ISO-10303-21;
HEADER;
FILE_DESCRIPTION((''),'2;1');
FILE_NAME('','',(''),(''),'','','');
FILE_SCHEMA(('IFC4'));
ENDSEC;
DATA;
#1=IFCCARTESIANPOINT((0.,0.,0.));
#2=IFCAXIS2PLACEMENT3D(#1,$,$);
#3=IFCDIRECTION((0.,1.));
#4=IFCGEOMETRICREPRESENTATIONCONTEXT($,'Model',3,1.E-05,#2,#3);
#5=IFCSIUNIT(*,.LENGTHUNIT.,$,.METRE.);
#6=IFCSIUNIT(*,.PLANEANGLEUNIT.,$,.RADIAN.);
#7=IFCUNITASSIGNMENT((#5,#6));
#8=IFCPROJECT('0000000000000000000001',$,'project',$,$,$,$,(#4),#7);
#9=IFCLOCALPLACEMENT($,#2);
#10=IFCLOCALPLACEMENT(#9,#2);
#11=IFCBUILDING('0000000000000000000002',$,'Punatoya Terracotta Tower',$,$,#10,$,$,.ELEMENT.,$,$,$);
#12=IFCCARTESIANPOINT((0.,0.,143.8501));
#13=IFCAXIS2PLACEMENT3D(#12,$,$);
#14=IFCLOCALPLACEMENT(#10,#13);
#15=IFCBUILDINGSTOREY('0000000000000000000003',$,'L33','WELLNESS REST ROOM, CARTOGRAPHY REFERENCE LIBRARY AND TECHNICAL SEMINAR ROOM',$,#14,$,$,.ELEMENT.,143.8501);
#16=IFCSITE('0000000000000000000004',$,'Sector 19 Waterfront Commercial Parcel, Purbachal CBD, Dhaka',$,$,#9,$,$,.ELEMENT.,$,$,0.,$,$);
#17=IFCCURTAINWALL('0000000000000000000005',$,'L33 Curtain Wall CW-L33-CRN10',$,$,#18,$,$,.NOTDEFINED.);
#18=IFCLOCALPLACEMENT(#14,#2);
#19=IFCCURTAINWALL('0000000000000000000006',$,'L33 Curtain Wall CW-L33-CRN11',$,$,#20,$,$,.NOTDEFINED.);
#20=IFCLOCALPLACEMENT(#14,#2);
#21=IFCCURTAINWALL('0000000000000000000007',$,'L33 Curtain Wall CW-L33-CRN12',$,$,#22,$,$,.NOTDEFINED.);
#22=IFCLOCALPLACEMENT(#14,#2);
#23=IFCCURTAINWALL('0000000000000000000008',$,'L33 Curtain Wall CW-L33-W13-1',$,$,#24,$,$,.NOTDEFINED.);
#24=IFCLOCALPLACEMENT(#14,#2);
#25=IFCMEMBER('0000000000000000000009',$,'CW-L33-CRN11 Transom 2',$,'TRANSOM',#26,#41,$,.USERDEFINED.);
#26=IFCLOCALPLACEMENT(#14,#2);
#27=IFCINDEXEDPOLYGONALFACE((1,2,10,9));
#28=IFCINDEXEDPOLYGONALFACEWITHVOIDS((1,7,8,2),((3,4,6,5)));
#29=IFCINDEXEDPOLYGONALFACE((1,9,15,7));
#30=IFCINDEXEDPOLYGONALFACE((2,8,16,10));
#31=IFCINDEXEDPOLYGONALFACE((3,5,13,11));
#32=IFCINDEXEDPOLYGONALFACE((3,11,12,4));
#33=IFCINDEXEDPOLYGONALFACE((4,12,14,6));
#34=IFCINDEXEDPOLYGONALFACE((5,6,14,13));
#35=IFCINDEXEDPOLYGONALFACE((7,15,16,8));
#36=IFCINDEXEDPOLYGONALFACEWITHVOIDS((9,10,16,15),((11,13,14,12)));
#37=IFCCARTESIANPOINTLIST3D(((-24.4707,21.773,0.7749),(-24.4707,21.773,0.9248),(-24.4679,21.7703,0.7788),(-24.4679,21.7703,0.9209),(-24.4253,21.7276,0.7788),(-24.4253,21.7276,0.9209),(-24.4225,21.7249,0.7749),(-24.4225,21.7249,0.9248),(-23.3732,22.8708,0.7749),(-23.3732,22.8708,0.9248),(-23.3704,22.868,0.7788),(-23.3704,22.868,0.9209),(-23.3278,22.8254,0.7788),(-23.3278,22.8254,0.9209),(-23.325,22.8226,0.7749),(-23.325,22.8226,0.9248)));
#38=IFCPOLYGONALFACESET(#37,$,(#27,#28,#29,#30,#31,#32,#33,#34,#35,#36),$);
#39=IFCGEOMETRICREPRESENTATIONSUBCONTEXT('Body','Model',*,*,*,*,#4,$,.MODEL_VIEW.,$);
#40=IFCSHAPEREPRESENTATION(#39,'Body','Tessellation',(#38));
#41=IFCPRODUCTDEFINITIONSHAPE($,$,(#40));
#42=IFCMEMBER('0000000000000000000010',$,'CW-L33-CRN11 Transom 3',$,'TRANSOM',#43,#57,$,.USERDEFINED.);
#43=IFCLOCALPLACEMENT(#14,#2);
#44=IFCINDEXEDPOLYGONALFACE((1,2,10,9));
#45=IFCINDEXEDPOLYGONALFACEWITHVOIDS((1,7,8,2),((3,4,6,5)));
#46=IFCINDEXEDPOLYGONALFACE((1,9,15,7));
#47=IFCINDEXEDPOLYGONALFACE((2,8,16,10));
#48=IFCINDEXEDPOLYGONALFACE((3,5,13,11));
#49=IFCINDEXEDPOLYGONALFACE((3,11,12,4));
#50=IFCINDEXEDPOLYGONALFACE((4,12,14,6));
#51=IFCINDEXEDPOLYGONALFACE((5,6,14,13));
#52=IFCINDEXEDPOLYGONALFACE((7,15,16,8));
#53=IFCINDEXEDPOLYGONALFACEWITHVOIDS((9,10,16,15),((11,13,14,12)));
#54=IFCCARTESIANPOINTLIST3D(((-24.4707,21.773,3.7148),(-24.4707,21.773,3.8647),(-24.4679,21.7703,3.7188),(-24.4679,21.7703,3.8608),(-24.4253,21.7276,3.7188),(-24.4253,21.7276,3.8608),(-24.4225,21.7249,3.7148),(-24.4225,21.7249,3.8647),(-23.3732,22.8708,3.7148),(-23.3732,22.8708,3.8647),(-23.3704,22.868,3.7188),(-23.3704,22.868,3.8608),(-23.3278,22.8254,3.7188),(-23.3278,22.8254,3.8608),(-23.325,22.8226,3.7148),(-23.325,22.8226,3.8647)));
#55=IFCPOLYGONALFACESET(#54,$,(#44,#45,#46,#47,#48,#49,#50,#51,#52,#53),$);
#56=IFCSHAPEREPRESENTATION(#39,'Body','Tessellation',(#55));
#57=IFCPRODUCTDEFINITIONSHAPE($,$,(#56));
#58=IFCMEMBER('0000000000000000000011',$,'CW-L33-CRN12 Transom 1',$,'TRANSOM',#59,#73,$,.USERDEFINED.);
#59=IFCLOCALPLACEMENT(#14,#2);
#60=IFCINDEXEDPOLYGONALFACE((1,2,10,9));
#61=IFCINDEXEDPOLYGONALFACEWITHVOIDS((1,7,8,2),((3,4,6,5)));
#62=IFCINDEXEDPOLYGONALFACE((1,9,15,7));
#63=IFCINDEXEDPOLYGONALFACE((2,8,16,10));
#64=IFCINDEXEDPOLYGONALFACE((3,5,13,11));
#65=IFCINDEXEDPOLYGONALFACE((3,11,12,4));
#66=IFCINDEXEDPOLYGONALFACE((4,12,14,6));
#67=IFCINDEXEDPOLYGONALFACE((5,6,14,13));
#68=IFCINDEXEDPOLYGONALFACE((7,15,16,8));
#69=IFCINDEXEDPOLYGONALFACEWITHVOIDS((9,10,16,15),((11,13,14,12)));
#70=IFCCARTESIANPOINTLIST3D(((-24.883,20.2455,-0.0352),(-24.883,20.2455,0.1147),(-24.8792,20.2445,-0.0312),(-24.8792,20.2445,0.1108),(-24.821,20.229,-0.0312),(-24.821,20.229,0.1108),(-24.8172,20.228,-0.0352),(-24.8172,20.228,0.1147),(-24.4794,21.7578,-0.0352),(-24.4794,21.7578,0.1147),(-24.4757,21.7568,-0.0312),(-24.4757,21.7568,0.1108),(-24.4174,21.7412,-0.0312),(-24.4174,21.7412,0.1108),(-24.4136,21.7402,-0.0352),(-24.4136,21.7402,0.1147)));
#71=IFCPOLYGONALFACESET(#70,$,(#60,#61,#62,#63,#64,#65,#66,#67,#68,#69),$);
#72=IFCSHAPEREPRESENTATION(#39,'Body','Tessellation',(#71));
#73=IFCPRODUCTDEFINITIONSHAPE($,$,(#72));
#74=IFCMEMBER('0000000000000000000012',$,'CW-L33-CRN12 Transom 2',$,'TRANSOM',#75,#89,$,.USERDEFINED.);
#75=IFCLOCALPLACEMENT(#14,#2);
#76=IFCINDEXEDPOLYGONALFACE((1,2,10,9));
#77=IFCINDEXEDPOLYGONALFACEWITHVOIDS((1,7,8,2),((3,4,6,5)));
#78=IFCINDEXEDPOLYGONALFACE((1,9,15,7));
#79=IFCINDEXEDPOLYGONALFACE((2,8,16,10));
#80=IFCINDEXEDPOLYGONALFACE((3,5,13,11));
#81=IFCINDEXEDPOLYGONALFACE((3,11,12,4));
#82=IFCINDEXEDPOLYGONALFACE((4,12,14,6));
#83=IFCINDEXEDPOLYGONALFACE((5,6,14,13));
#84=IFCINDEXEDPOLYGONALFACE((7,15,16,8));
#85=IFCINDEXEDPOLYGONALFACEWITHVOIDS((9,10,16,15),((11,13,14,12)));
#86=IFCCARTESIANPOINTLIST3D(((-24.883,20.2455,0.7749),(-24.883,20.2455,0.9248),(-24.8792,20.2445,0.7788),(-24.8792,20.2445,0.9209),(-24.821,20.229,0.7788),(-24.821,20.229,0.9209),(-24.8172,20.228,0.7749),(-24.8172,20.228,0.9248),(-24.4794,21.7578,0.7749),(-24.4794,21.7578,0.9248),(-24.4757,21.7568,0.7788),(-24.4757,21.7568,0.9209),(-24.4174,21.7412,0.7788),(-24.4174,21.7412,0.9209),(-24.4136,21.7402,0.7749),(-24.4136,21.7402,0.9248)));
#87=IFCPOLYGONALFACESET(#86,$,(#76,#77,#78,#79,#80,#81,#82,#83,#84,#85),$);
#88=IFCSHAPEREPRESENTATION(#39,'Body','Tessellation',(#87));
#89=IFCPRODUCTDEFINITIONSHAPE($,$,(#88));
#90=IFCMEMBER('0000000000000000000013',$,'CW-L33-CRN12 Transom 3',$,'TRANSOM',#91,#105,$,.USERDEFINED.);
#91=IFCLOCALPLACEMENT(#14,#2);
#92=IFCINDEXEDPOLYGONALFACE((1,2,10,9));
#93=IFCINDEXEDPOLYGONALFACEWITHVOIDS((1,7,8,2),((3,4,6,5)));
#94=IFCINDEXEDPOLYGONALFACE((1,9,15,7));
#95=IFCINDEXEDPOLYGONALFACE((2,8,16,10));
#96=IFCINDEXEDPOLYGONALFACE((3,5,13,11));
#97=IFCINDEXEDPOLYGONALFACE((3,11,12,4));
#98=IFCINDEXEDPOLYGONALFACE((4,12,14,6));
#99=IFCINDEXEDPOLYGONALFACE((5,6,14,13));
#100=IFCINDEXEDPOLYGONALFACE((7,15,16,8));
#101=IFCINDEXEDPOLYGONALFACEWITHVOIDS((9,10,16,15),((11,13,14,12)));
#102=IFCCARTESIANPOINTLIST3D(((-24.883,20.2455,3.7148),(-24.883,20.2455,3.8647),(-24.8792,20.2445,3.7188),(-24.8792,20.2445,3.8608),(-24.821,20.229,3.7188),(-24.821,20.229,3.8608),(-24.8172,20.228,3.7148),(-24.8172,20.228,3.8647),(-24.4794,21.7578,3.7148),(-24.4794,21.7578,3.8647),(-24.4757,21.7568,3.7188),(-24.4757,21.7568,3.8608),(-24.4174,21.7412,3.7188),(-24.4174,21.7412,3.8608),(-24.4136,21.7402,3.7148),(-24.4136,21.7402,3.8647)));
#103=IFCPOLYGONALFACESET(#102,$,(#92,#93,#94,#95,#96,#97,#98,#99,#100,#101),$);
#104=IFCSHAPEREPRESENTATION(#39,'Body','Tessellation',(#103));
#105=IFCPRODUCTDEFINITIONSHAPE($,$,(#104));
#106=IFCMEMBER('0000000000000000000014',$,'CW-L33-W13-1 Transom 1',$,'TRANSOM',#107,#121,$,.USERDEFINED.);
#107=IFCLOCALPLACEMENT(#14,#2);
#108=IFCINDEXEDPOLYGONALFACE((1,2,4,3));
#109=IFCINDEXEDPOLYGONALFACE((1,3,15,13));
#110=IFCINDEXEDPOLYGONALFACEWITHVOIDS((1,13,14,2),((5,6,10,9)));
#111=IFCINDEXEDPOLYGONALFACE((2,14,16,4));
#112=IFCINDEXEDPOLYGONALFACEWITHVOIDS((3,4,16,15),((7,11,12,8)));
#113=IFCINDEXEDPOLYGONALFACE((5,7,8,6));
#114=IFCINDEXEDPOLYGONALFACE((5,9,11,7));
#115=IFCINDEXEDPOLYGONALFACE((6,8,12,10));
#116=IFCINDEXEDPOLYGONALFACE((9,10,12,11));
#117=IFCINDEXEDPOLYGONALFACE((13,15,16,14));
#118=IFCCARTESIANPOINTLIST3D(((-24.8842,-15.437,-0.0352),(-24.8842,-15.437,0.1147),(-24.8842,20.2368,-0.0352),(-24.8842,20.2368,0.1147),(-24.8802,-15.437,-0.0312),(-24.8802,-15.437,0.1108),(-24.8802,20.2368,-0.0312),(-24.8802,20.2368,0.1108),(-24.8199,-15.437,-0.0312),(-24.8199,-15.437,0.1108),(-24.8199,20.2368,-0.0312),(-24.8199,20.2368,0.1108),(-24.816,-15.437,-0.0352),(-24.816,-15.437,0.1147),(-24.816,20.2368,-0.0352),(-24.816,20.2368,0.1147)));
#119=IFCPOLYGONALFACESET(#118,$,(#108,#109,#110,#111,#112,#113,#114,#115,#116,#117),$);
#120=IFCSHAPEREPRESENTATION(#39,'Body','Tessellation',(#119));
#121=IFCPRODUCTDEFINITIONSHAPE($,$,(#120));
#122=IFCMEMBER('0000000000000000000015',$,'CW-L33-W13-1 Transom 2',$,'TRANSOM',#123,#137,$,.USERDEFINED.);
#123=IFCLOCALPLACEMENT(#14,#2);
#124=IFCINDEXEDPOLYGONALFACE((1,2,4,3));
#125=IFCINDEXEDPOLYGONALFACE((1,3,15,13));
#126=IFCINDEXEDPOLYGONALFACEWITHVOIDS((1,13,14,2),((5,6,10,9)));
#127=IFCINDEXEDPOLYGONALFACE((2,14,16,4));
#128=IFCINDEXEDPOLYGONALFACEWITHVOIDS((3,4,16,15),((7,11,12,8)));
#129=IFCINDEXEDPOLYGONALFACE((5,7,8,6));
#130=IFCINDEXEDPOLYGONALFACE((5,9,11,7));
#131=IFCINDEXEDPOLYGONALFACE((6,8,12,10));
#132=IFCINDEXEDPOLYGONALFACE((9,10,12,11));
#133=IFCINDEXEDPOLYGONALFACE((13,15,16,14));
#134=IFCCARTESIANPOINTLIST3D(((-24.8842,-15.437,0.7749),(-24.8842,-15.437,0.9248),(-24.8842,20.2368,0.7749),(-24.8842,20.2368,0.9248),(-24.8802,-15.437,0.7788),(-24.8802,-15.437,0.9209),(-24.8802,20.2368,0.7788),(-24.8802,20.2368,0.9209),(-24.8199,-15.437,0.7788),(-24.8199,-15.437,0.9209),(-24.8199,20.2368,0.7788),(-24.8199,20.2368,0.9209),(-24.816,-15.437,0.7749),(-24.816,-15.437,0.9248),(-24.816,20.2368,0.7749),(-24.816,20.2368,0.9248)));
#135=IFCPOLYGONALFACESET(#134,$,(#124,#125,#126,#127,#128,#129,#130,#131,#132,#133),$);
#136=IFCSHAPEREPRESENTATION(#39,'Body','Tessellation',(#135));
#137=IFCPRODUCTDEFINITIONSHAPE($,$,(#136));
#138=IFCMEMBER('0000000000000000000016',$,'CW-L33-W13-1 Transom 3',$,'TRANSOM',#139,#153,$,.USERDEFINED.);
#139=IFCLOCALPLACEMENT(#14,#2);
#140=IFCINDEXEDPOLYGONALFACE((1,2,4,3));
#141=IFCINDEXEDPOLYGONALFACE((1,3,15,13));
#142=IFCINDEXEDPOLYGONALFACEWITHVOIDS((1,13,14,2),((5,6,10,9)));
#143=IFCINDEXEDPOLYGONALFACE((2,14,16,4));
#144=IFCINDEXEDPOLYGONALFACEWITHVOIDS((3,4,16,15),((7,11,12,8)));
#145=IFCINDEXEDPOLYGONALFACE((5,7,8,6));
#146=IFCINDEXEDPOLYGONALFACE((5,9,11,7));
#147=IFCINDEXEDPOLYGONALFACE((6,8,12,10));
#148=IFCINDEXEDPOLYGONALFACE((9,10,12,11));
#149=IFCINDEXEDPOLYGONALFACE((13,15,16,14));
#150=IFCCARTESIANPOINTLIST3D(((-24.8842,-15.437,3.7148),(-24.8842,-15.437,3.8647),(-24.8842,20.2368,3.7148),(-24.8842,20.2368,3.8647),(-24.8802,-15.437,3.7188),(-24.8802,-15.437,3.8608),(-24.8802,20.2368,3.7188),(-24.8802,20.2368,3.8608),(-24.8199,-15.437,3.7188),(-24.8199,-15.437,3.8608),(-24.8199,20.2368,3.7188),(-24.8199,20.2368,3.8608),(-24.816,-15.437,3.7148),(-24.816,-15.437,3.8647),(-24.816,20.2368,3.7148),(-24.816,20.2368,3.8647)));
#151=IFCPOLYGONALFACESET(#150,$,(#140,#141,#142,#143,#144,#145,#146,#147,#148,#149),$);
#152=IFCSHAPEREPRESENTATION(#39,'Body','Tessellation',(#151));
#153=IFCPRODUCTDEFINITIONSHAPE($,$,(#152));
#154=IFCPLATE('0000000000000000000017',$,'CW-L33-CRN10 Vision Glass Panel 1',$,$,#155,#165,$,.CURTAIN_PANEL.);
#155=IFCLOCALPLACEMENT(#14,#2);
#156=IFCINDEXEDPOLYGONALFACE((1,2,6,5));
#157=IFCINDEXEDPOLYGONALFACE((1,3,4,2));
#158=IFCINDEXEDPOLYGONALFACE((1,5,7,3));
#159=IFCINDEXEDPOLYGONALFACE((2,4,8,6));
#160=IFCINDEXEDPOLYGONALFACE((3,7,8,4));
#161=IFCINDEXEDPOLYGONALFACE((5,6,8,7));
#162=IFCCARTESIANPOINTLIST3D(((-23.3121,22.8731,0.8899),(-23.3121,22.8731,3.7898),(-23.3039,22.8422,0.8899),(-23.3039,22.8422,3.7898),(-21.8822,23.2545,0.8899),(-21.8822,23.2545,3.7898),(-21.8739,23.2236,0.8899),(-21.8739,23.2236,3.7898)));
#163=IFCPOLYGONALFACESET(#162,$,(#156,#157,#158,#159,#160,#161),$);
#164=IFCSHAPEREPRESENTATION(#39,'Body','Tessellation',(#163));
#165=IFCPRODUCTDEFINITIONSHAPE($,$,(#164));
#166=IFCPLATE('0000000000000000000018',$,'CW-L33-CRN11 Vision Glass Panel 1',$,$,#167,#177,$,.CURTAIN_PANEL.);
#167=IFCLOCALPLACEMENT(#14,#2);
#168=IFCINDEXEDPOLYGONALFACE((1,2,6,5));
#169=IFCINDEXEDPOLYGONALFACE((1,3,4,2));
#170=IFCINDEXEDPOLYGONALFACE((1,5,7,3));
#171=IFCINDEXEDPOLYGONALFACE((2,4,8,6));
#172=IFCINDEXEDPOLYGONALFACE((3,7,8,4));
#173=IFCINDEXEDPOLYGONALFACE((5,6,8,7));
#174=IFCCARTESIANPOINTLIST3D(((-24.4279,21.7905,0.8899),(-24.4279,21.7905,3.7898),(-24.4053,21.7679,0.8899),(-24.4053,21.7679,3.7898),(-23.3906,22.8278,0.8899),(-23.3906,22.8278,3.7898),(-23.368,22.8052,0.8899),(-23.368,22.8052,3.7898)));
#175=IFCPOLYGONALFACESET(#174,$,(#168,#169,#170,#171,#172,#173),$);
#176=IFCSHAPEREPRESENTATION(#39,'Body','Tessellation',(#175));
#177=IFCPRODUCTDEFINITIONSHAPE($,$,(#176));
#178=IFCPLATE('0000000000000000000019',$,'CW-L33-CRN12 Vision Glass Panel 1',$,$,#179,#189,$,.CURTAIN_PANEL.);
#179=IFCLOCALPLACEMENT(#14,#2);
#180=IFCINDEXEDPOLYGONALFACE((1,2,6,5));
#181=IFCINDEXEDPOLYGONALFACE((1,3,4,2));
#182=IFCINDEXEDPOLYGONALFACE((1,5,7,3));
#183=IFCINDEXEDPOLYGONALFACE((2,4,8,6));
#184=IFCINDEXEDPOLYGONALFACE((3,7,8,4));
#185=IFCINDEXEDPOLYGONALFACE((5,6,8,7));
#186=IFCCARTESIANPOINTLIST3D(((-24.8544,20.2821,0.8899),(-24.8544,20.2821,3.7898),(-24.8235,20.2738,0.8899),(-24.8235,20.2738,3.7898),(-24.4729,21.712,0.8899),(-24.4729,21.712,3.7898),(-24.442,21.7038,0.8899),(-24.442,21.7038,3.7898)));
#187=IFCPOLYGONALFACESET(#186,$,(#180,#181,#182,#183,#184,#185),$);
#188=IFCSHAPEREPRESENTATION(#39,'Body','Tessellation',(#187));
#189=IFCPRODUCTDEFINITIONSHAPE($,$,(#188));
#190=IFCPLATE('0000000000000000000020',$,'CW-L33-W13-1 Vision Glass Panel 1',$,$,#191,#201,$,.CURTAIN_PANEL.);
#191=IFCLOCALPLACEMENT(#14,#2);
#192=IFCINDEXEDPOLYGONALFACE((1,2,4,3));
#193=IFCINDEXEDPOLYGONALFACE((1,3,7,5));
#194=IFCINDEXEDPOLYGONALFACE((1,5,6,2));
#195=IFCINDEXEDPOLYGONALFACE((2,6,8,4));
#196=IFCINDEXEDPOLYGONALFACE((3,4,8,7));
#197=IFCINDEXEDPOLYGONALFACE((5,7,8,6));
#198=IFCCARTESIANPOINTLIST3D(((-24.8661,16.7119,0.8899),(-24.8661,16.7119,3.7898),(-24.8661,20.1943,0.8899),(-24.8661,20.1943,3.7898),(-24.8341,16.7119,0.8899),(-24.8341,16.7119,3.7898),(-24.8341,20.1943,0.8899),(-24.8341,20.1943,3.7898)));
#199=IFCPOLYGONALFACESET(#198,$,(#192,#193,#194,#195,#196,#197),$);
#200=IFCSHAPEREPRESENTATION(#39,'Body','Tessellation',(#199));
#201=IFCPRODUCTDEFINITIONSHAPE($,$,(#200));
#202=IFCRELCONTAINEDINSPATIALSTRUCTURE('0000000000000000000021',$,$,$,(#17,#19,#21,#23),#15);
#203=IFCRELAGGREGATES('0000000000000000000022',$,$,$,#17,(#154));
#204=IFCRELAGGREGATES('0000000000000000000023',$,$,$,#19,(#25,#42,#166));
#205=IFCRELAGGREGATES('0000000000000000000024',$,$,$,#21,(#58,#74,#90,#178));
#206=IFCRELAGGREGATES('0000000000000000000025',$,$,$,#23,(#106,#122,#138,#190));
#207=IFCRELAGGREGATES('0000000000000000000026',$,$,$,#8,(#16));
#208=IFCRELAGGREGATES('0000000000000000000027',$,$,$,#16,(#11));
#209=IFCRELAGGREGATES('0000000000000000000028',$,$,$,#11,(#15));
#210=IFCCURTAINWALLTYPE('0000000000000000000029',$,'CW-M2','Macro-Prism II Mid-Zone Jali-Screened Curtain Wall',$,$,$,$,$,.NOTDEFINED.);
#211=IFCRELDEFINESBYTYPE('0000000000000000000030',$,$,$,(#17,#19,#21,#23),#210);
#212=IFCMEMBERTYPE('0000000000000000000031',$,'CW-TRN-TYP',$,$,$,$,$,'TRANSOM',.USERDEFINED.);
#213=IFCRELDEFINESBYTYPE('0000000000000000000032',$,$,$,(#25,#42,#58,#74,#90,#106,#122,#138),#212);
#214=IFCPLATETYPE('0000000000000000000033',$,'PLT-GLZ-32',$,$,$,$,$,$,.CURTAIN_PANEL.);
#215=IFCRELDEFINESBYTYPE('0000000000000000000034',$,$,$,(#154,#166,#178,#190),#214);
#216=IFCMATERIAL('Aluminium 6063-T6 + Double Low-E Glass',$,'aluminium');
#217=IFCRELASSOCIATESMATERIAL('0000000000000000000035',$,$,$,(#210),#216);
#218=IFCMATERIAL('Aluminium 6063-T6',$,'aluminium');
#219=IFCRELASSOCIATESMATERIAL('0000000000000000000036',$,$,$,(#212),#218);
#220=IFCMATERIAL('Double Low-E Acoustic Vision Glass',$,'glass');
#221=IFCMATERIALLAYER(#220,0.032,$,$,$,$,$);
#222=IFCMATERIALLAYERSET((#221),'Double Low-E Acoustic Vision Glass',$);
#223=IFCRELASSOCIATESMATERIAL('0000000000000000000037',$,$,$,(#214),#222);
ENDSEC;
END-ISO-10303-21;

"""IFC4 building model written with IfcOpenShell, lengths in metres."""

from ifc_helpers import new_model, si_unit, direction, frame, origin, origin_2d, place, context, subcontext, project, spatial, rectangle, hollow_rectangle, extrude, material, layer, layer_set, material_profile, profile_set, type_object, element, aggregate, save


model = new_model("IFC4")

# Units and contexts
model_context = context("Model", 3, precision=1e-05, world=origin(), true_north=direction((0.0, 1.0)))
body_context = subcontext(model_context, "Body", "Model", "MODEL_VIEW")
ifc_project = project(units=[si_unit("LENGTHUNIT", "METRE"), si_unit("PLANEANGLEUNIT", "RADIAN")], contexts=[model_context])

# Site, building, storey
site_placement = place(None, origin())
site = spatial("IfcSite", under=ifc_project, at=site_placement, Name="Sector 19 Waterfront Commercial Parcel, Purbachal CBD, Dhaka", CompositionType="ELEMENT", RefElevation=0.0)
building_placement = place(site_placement, origin())
building = spatial("IfcBuilding", under=site, at=building_placement, Name="Punatoya Terracotta Tower", CompositionType="ELEMENT")
storey_placement = place(building_placement, frame((0.0, 0.0, 143.8501)))
storey = spatial("IfcBuildingStorey", under=building, at=storey_placement, Name="L33", Description="WELLNESS REST ROOM, CARTOGRAPHY REFERENCE LIBRARY AND TECHNICAL SEMINAR ROOM", CompositionType="ELEMENT", Elevation=143.8501)

# Curtain walls
ifc_material_1 = material(Name="Aluminium 6063-T6 + Double Low-E Glass", Category="aluminium")
curtain_wall_type = type_object("IfcCurtainWallType", Name="CW-M2", Description="Macro-Prism II Mid-Zone Jali-Screened Curtain Wall", PredefinedType="NOTDEFINED", material=ifc_material_1)
curtain_wall_1_placement = place(storey_placement, origin())
curtain_wall_1 = element("IfcCurtainWall", 1, at=curtain_wall_1_placement, inside=storey, type_object=curtain_wall_type, Name="L33 Curtain Wall CW-L33-CRN10", PredefinedType="NOTDEFINED")
ifc_material_2 = material(Name="Aluminium 6063-T6", Category="aluminium")
curtain_wall_2_placement = place(storey_placement, origin())
curtain_wall_2 = element("IfcCurtainWall", 2, at=curtain_wall_2_placement, inside=storey, type_object=curtain_wall_type, Name="L33 Curtain Wall CW-L33-CRN11", PredefinedType="NOTDEFINED")
curtain_wall_3_placement = place(storey_placement, origin())
curtain_wall_3 = element("IfcCurtainWall", 3, at=curtain_wall_3_placement, inside=storey, type_object=curtain_wall_type, Name="L33 Curtain Wall CW-L33-CRN12", PredefinedType="NOTDEFINED")

# Curtain wall
curtain_wall_4_placement = place(storey_placement, origin())
curtain_wall_4 = element("IfcCurtainWall", 4, at=curtain_wall_4_placement, inside=storey, type_object=curtain_wall_type, Name="L33 Curtain Wall CW-L33-W13-1", PredefinedType="NOTDEFINED")

# Members
ifc_material_profile_1 = material_profile(ifc_material_2, hollow_rectangle(XDim=0.0681, YDim=0.1499, WallThickness=0.0039, at=origin_2d()))
ifc_profile_set_1 = profile_set([ifc_material_profile_1], Name="Aluminium 6063-T6")
member_type_1 = type_object("IfcMemberType", Name="CW-TRN-TYP", ElementType="TRANSOM", PredefinedType="USERDEFINED", material=ifc_profile_set_1)
member_1_placement = place(storey_placement, frame((-23.3491, 22.8467, 0.8499), z_axis=(-0.707028, -0.707185, 0.0), x_axis=(0.707185, -0.707028, 0.0)))
member_1 = element("IfcMember", 5, at=member_1_placement, type_object=member_type_1, Name="CW-L33-CRN11 Transom 2", ObjectType="TRANSOM", PredefinedType="USERDEFINED", context=body_context, shape_type="SweptSolid", body=[
    extrude(hollow_rectangle(XDim=0.0681, YDim=0.1499, WallThickness=0.0039, at=origin_2d()), origin(), (0.0, 0.0, 1.0), 1.5522),
])
member_2_placement = place(storey_placement, frame((-23.3491, 22.8467, 3.7898), z_axis=(-0.707028, -0.707185, 0.0), x_axis=(0.707185, -0.707028, 0.0)))
member_2 = element("IfcMember", 6, at=member_2_placement, type_object=member_type_1, Name="CW-L33-CRN11 Transom 3", ObjectType="TRANSOM", PredefinedType="USERDEFINED", context=body_context, shape_type="SweptSolid", body=[
    extrude(hollow_rectangle(XDim=0.0681, YDim=0.1499, WallThickness=0.0039, at=origin_2d()), origin(), (0.0, 0.0, 1.0), 1.5522),
])
member_3_placement = place(storey_placement, frame((-24.4465, 21.749, 0.0398), z_axis=(-0.257847, -0.966186, 0.0), x_axis=(0.966186, -0.257847, 0.0)))
member_3 = element("IfcMember", 7, at=member_3_placement, type_object=member_type_1, Name="CW-L33-CRN12 Transom 1", ObjectType="TRANSOM", PredefinedType="USERDEFINED", context=body_context, shape_type="SweptSolid", body=[
    extrude(hollow_rectangle(XDim=0.0681, YDim=0.1499, WallThickness=0.0039, at=origin_2d()), origin(), (0.0, 0.0, 1.0), 1.5652),
])
member_4_placement = place(storey_placement, frame((-24.4465, 21.749, 0.8499), z_axis=(-0.257847, -0.966186, 0.0), x_axis=(0.966186, -0.257847, 0.0)))
member_4 = element("IfcMember", 8, at=member_4_placement, type_object=member_type_1, Name="CW-L33-CRN12 Transom 2", ObjectType="TRANSOM", PredefinedType="USERDEFINED", context=body_context, shape_type="SweptSolid", body=[
    extrude(hollow_rectangle(XDim=0.0681, YDim=0.1499, WallThickness=0.0039, at=origin_2d()), origin(), (0.0, 0.0, 1.0), 1.5652),
])
member_5_placement = place(storey_placement, frame((-24.4465, 21.749, 3.7898), z_axis=(-0.257847, -0.966186, 0.0), x_axis=(0.966186, -0.257847, 0.0)))
member_5 = element("IfcMember", 9, at=member_5_placement, type_object=member_type_1, Name="CW-L33-CRN12 Transom 3", ObjectType="TRANSOM", PredefinedType="USERDEFINED", context=body_context, shape_type="SweptSolid", body=[
    extrude(hollow_rectangle(XDim=0.0681, YDim=0.1499, WallThickness=0.0039, at=origin_2d()), origin(), (0.0, 0.0, 1.0), 1.5652),
])
member_6_placement = place(storey_placement, frame((-24.8501, 20.2368, 0.0398), z_axis=(0.0, -1.0, 0.0), x_axis=(1.0, 0.0, 0.0)))
member_6 = element("IfcMember", 10, at=member_6_placement, type_object=member_type_1, Name="CW-L33-W13-1 Transom 1", ObjectType="TRANSOM", PredefinedType="USERDEFINED", context=body_context, shape_type="SweptSolid", body=[
    extrude(hollow_rectangle(XDim=0.0681, YDim=0.1499, WallThickness=0.0039, at=origin_2d()), origin(), (0.0, 0.0, 1.0), 35.6738),
])
member_7_placement = place(storey_placement, frame((-24.8501, 20.2368, 0.8499), z_axis=(0.0, -1.0, 0.0), x_axis=(1.0, 0.0, 0.0)))
member_7 = element("IfcMember", 11, at=member_7_placement, type_object=member_type_1, Name="CW-L33-W13-1 Transom 2", ObjectType="TRANSOM", PredefinedType="USERDEFINED", context=body_context, shape_type="SweptSolid", body=[
    extrude(hollow_rectangle(XDim=0.0681, YDim=0.1499, WallThickness=0.0039, at=origin_2d()), origin(), (0.0, 0.0, 1.0), 35.6738),
])
member_8_placement = place(storey_placement, frame((-24.8501, 20.2368, 3.7898), z_axis=(0.0, -1.0, 0.0), x_axis=(1.0, 0.0, 0.0)))
member_8 = element("IfcMember", 12, at=member_8_placement, type_object=member_type_1, Name="CW-L33-W13-1 Transom 3", ObjectType="TRANSOM", PredefinedType="USERDEFINED", context=body_context, shape_type="SweptSolid", body=[
    extrude(hollow_rectangle(XDim=0.0681, YDim=0.1499, WallThickness=0.0039, at=origin_2d()), origin(), (0.0, 0.0, 1.0), 35.6738),
])

# Plates
ifc_material_3 = material(Name="Double Low-E Acoustic Vision Glass", Category="glass")
ifc_layer_1 = layer(ifc_material_3, 0.032)
ifc_layer_set_1 = layer_set([ifc_layer_1], Name="Double Low-E Acoustic Vision Glass")
plate_type_1 = type_object("IfcPlateType", Name="PLT-GLZ-32", PredefinedType="CURTAIN_PANEL", material=ifc_layer_set_1)
plate_1_placement = place(storey_placement, frame((-22.593, 23.0483, 0.8899), z_axis=(0.0, 0.0, 1.0), x_axis=(-0.966214, -0.257742, 0.0)))
plate_1 = element("IfcPlate", 13, at=plate_1_placement, type_object=plate_type_1, Name="CW-L33-CRN10 Vision Glass Panel 1", PredefinedType="CURTAIN_PANEL", context=body_context, shape_type="SweptSolid", body=[
    extrude(rectangle(XDim=1.48, YDim=0.032, at=origin_2d()), origin(), (0.0, 0.0, 1.0), 2.8999),
])
plate_2_placement = place(storey_placement, frame((-23.8979, 22.2979, 0.8899), z_axis=(0.0, 0.0, 1.0), x_axis=(-0.707107, -0.707107, 0.0)))
plate_2 = element("IfcPlate", 14, at=plate_2_placement, type_object=plate_type_1, Name="CW-L33-CRN11 Vision Glass Panel 1", PredefinedType="CURTAIN_PANEL", context=body_context, shape_type="SweptSolid", body=[
    extrude(rectangle(XDim=1.467, YDim=0.032, at=origin_2d()), origin(), (0.0, 0.0, 1.0), 2.8999),
])
plate_3_placement = place(storey_placement, frame((-24.6482, 20.9929, 0.8899), z_axis=(0.0, 0.0, 1.0), x_axis=(-0.257742, -0.966214, 0.0)))
plate_3 = element("IfcPlate", 15, at=plate_3_placement, type_object=plate_type_1, Name="CW-L33-CRN12 Vision Glass Panel 1", PredefinedType="CURTAIN_PANEL", context=body_context, shape_type="SweptSolid", body=[
    extrude(rectangle(XDim=1.48, YDim=0.032, at=origin_2d()), origin(), (0.0, 0.0, 1.0), 2.8999),
])
plate_4_placement = place(storey_placement, frame((-24.8501, 18.4531, 0.8899), z_axis=(0.0, 0.0, 1.0), x_axis=(0.0, -1.0, 0.0)))
plate_4 = element("IfcPlate", 16, at=plate_4_placement, type_object=plate_type_1, Name="CW-L33-W13-1 Vision Glass Panel 1", PredefinedType="CURTAIN_PANEL", context=body_context, shape_type="SweptSolid", body=[
    extrude(rectangle(XDim=3.4824, YDim=0.032, at=origin_2d()), origin(), (0.0, 0.0, 1.0), 2.8999),
])
aggregate(curtain_wall_1, [plate_1])
aggregate(curtain_wall_2, [member_1, member_2, plate_2])
aggregate(curtain_wall_3, [member_3, member_4, member_5, plate_3])
aggregate(curtain_wall_4, [member_6, member_7, member_8, plate_4])

save(model, "model.ifc")
